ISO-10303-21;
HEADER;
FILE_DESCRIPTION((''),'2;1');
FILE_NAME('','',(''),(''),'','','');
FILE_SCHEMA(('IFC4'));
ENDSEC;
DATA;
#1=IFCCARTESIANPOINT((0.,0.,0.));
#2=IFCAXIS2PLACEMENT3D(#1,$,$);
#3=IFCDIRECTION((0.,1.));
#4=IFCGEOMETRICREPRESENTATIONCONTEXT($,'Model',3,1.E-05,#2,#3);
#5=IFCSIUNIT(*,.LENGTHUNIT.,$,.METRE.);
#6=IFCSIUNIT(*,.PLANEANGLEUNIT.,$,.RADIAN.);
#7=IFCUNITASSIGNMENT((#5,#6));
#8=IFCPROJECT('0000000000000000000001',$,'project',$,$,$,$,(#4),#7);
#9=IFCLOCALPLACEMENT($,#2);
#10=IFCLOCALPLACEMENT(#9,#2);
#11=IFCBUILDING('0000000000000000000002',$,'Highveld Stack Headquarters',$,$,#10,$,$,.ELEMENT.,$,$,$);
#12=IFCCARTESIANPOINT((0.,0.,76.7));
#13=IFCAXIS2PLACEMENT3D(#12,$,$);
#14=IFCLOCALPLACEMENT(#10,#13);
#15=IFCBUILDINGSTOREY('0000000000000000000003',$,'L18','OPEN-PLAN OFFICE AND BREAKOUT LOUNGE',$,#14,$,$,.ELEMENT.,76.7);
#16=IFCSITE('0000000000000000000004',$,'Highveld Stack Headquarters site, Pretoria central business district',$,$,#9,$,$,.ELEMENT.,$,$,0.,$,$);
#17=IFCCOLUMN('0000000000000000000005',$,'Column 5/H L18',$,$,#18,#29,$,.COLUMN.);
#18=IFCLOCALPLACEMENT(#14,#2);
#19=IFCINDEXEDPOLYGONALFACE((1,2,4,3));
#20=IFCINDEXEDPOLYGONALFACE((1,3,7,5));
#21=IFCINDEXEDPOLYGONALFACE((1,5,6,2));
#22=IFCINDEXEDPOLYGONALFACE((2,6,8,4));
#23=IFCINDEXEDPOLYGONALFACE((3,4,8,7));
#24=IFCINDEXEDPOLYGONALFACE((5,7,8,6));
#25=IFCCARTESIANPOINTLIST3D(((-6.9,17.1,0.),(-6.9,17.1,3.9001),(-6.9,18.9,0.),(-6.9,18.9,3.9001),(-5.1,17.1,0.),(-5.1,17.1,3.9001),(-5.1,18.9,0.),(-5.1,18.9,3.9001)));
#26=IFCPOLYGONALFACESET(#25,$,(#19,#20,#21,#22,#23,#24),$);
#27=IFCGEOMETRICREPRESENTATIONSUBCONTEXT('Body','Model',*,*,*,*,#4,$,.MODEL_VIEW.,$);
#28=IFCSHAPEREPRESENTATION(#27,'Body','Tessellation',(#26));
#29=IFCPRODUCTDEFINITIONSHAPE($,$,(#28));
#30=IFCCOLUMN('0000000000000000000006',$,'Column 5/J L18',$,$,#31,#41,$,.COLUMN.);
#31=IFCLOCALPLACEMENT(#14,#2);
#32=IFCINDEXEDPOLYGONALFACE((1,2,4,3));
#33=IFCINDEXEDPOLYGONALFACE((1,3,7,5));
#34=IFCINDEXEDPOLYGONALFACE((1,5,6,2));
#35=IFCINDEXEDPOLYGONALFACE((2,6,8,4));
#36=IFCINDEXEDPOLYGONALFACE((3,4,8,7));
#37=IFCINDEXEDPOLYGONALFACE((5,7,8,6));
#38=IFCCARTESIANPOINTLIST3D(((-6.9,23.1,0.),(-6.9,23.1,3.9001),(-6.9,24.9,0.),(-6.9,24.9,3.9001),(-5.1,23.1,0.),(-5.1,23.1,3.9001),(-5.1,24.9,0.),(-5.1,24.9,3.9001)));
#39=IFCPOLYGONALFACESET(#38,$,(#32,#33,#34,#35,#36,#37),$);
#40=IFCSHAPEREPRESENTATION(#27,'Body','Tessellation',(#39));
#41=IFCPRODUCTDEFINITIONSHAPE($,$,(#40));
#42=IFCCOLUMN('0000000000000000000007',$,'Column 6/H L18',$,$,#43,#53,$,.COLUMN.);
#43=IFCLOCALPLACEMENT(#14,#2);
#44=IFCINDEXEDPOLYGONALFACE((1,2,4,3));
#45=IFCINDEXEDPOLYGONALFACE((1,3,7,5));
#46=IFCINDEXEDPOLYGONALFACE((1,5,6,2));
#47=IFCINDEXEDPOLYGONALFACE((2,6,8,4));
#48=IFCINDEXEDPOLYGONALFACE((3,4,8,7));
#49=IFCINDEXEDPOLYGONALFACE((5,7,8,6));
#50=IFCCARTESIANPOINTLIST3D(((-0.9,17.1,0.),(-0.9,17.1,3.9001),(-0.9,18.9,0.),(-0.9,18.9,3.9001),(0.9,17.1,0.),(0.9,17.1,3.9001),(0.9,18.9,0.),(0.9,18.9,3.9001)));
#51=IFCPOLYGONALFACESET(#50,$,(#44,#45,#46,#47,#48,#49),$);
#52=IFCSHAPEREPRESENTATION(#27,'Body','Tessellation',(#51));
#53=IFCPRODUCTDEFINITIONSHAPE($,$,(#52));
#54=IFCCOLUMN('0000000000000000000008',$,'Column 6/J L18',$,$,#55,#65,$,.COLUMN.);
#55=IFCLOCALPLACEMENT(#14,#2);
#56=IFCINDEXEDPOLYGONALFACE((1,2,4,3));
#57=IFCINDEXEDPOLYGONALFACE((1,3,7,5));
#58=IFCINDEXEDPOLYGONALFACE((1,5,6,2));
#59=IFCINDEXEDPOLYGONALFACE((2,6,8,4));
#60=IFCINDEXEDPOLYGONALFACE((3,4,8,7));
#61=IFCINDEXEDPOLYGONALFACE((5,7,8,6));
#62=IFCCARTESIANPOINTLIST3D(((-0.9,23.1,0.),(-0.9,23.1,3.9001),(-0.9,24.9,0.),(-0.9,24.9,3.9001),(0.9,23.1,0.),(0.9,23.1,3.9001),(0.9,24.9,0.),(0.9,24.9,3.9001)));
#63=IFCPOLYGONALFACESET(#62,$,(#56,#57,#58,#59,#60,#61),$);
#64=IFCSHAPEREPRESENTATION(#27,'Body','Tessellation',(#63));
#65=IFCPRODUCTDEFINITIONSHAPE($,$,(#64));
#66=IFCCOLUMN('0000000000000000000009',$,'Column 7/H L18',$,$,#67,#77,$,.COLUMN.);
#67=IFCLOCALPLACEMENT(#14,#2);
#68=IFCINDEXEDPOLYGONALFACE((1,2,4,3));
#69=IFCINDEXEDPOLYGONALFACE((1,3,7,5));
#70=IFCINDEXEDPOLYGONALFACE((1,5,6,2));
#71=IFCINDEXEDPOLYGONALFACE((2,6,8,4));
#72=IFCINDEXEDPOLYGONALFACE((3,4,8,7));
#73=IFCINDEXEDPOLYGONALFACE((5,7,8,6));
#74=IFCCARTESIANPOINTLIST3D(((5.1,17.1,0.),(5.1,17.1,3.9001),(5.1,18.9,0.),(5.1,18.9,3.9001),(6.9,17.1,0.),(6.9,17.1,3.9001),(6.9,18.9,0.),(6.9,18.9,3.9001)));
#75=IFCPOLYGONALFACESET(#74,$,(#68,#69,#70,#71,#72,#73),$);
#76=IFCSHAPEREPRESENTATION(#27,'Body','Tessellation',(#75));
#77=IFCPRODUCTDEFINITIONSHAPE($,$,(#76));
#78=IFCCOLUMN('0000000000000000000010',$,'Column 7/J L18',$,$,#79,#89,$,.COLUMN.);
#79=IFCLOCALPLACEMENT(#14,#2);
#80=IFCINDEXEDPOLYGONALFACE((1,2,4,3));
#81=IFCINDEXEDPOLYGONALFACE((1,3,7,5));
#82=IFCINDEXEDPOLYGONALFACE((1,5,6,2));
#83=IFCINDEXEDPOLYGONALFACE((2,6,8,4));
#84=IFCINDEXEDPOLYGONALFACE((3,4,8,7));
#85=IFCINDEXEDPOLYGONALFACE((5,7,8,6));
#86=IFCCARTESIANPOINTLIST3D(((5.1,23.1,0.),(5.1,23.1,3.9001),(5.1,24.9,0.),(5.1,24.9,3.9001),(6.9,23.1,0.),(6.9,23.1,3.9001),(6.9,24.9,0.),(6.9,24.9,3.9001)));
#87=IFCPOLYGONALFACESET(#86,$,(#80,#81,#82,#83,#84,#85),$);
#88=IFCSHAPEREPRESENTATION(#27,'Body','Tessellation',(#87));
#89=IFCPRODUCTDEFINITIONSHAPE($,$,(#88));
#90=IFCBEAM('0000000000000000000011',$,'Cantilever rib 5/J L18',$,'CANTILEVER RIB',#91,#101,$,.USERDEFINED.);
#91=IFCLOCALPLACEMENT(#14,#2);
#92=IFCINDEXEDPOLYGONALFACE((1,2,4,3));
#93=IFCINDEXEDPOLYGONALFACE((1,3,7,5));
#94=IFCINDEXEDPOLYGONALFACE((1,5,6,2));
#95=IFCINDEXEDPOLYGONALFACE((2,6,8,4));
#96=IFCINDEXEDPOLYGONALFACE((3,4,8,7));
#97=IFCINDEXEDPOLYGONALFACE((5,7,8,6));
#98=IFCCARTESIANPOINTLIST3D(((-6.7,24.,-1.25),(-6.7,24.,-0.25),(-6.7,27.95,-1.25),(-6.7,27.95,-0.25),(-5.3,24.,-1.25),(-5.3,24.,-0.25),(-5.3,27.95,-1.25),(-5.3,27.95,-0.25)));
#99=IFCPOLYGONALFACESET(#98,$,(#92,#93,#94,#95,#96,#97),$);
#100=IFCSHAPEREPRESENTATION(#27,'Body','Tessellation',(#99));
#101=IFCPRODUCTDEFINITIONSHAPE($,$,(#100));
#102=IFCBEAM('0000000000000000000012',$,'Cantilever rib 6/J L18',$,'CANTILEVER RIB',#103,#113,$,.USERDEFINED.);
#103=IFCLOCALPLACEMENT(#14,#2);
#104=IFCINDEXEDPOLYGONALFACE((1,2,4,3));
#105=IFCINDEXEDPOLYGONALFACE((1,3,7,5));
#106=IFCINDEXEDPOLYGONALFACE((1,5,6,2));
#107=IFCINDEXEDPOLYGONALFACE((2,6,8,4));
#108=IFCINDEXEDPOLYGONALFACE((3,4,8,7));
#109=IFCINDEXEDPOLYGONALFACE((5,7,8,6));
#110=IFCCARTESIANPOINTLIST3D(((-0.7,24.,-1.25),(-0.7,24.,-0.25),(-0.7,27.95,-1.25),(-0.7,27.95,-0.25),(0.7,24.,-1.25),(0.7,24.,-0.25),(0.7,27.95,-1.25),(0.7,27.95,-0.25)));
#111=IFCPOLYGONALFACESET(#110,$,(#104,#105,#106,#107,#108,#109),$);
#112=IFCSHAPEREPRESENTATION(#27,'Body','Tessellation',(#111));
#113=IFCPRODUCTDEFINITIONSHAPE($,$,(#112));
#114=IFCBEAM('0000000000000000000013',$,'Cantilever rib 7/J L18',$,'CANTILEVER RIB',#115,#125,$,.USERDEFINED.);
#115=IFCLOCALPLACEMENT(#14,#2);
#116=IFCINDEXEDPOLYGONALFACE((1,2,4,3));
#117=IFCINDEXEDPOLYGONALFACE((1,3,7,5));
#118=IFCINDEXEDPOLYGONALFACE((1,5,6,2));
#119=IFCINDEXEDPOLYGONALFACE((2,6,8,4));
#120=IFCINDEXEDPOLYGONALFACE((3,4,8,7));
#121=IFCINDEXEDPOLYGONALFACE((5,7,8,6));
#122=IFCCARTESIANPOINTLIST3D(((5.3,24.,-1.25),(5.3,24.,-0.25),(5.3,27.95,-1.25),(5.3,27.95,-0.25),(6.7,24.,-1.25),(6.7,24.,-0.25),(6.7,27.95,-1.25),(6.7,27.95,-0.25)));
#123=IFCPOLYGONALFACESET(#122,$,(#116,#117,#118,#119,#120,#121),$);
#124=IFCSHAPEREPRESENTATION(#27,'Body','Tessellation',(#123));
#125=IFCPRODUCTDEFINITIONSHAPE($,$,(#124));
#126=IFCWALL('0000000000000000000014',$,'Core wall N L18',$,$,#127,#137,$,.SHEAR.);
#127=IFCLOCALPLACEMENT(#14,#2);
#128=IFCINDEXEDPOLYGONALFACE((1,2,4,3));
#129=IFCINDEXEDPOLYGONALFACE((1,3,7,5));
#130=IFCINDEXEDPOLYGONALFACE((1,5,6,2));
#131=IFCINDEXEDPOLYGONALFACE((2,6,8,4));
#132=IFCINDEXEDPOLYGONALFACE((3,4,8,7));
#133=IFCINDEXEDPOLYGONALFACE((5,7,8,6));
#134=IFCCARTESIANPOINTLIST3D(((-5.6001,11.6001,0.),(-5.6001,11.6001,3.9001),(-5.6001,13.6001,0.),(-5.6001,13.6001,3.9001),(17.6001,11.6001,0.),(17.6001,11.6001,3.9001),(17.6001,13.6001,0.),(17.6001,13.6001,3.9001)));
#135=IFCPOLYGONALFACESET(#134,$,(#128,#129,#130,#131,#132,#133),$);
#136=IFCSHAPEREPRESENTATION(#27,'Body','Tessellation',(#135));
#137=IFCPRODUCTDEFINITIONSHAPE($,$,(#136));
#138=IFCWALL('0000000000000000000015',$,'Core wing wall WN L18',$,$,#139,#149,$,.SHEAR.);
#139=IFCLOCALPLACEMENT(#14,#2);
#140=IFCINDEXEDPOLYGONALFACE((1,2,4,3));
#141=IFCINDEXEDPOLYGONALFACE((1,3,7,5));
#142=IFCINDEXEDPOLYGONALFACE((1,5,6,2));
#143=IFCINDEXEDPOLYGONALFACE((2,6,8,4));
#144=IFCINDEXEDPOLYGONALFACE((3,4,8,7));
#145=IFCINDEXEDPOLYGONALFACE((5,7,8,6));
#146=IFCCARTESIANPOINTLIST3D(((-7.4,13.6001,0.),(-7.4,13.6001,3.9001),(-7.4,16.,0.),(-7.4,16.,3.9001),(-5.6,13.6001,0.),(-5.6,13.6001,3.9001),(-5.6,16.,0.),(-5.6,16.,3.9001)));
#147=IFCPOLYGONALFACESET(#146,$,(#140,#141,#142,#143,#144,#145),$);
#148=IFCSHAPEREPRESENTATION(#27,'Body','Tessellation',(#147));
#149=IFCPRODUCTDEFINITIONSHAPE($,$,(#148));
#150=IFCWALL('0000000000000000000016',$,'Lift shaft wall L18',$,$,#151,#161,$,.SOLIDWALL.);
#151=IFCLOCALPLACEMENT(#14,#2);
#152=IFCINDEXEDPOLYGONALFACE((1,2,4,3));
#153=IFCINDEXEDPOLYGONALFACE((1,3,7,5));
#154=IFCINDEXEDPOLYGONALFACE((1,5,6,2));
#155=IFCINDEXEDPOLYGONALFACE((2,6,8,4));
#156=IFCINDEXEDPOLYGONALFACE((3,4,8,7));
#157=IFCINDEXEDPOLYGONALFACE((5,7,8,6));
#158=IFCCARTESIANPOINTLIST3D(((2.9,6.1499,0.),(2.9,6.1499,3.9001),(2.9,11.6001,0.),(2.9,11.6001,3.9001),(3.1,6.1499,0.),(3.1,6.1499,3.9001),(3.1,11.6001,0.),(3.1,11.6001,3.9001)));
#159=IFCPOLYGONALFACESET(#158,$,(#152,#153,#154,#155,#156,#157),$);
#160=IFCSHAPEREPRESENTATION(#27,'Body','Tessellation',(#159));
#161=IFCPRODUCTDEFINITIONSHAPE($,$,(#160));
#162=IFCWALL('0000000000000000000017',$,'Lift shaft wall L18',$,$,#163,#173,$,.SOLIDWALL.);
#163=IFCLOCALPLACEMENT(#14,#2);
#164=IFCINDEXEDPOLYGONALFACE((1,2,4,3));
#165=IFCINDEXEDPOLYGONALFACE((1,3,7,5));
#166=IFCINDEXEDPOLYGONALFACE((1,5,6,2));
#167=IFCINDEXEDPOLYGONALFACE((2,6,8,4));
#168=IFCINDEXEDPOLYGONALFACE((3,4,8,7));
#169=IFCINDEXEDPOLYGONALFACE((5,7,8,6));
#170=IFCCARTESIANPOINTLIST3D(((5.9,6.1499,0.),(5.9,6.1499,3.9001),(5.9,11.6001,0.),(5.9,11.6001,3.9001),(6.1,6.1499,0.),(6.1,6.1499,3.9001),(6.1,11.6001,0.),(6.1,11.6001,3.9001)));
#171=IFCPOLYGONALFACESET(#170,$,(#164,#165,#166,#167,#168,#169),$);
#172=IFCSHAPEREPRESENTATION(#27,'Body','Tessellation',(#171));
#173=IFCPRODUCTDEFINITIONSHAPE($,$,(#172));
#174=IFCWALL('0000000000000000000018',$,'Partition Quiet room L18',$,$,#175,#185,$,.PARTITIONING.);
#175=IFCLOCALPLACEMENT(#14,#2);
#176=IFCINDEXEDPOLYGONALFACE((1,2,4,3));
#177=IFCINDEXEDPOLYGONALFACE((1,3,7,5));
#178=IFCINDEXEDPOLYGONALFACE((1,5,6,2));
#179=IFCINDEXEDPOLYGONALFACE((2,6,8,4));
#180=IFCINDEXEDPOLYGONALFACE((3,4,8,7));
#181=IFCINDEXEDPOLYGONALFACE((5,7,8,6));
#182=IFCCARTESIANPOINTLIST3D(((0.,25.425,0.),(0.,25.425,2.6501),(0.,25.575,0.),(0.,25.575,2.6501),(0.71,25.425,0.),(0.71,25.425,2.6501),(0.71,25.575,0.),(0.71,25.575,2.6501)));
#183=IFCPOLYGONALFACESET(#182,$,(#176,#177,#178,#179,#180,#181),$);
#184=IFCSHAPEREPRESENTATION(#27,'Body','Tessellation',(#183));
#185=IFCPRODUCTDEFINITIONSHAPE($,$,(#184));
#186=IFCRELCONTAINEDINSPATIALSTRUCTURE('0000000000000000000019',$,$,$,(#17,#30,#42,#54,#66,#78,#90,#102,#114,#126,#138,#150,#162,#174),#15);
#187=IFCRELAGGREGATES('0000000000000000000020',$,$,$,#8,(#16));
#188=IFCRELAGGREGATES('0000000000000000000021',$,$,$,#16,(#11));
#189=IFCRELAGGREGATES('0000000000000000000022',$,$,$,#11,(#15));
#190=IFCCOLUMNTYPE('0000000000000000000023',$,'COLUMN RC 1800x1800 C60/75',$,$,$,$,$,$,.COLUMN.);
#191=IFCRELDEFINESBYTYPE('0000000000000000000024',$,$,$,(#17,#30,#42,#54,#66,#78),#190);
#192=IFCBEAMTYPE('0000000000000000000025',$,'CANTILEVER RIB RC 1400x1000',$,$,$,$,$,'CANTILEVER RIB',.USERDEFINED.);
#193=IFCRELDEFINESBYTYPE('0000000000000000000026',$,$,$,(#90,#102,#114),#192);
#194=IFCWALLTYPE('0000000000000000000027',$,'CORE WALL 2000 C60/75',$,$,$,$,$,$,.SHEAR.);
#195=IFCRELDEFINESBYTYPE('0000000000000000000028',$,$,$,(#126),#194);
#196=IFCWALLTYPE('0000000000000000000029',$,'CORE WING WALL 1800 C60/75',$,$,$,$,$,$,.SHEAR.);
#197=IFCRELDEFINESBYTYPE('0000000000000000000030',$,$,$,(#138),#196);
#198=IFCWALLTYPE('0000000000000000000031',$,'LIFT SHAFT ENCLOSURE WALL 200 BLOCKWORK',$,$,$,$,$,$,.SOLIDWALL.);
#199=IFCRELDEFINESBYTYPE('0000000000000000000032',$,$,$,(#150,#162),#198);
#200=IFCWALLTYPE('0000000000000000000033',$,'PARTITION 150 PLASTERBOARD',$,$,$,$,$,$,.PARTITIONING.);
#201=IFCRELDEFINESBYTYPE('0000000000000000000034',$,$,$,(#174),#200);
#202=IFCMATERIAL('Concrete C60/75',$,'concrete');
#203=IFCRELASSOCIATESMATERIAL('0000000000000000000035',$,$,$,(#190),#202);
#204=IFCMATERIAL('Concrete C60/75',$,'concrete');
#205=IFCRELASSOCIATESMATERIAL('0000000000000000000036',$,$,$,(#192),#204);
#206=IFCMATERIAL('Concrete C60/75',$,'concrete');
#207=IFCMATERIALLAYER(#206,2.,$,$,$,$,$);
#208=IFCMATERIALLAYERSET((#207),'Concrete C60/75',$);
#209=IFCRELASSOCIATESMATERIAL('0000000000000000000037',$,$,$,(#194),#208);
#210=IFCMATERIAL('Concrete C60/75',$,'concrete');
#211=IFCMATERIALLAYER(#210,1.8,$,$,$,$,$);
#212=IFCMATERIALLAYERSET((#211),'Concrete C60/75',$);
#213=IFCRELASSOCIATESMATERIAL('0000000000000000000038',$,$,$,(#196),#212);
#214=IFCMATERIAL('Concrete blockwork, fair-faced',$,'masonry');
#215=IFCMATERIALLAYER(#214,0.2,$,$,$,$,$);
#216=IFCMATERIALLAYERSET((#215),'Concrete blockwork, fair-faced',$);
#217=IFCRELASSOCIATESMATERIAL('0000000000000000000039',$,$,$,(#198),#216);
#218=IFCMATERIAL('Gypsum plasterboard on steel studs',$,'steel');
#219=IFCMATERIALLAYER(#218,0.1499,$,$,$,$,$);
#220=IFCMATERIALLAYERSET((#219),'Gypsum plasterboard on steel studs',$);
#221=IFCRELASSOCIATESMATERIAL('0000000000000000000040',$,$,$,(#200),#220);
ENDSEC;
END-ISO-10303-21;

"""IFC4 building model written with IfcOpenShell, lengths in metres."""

from ifc_helpers import new_model, si_unit, direction, frame, frame_2d, origin, origin_2d, place, context, subcontext, project, spatial, rectangle, extrude, material, layer, layer_set, material_profile, profile_set, type_object, element, save


model = new_model("IFC4")

# Units and contexts
model_context = context("Model", 3, precision=1e-05, world=origin(), true_north=direction((0.0, 1.0)))
body_context = subcontext(model_context, "Body", "Model", "MODEL_VIEW")
ifc_project = project(units=[si_unit("LENGTHUNIT", "METRE"), si_unit("PLANEANGLEUNIT", "RADIAN")], contexts=[model_context])

# Site, building, storey
site_placement = place(None, origin())
site = spatial("IfcSite", under=ifc_project, at=site_placement, Name="Highveld Stack Headquarters site, Pretoria central business district", CompositionType="ELEMENT", RefElevation=0.0)
building_placement = place(site_placement, origin())
building = spatial("IfcBuilding", under=site, at=building_placement, Name="Highveld Stack Headquarters", CompositionType="ELEMENT")
storey_placement = place(building_placement, frame((0.0, 0.0, 76.7)))
storey = spatial("IfcBuildingStorey", under=building, at=storey_placement, Name="L18", Description="OPEN-PLAN OFFICE AND BREAKOUT LOUNGE", CompositionType="ELEMENT", Elevation=76.7)

# Columns
ifc_material_1 = material(Name="Concrete C60/75", Category="concrete")
ifc_material_profile_1 = material_profile(ifc_material_1, rectangle(XDim=1.8, YDim=1.8, at=origin_2d()), Name="RC 1800x1800")
ifc_profile_set_1 = profile_set([ifc_material_profile_1], Name="Concrete C60/75")
column_type = type_object("IfcColumnType", Name="COLUMN RC 1800x1800 C60/75", PredefinedType="COLUMN", material=ifc_profile_set_1)
for number, where, z_axis, x_axis, name in (
    (1, (-6.0, 18.0, 0.0), (0.0, 0.0, 1.0), (1.0, 0.0, 0.0), "Column 5/H L18"),
    (2, (-6.0, 24.0, 0.0), (0.0, 0.0, 1.0), (1.0, 0.0, 0.0), "Column 5/J L18"),
    (3, (0.0, 18.0, 0.0), (0.0, 0.0, 1.0), (1.0, 0.0, 0.0), "Column 6/H L18"),
    (4, (0.0, 24.0, 0.0), (0.0, 0.0, 1.0), (1.0, 0.0, 0.0), "Column 6/J L18"),
    (5, (6.0, 18.0, 0.0), (0.0, 0.0, 1.0), (1.0, 0.0, 0.0), "Column 7/H L18"),
    (6, (6.0, 24.0, 0.0), (0.0, 0.0, 1.0), (1.0, 0.0, 0.0), "Column 7/J L18"),
):
    element("IfcColumn", number, at=place(storey_placement, frame(where, z_axis=z_axis, x_axis=x_axis)), inside=storey, type_object=column_type, Name=name, PredefinedType="COLUMN", context=body_context, shape_type="SweptSolid", body=[
        extrude(rectangle(XDim=1.8, YDim=1.8, at=origin_2d()), origin(), (0.0, 0.0, 1.0), 3.9001),
    ])

# Beams
ifc_material_2 = material(Name="Concrete C60/75", Category="concrete")
ifc_material_profile_2 = material_profile(ifc_material_2, rectangle(XDim=1.3999, YDim=1.0, at=origin_2d()), Name="RC 1400x1000")
ifc_profile_set_2 = profile_set([ifc_material_profile_2], Name="Concrete C60/75")
beam_type = type_object("IfcBeamType", Name="CANTILEVER RIB RC 1400x1000", ElementType="CANTILEVER RIB", PredefinedType="USERDEFINED", material=ifc_profile_set_2)
for number, where, z_axis, x_axis, name in (
    (7, (-6.0, 24.0, -0.75), (0.0, 1.0, 0.0), (-1.0, 0.0, 0.0), "Cantilever rib 5/J L18"),
    (8, (0.0, 24.0, -0.75), (0.0, 1.0, 0.0), (-1.0, 0.0, 0.0), "Cantilever rib 6/J L18"),
    (9, (6.0, 24.0, -0.75), (0.0, 1.0, 0.0), (-1.0, 0.0, 0.0), "Cantilever rib 7/J L18"),
):
    element("IfcBeam", number, at=place(storey_placement, frame(where, z_axis=z_axis, x_axis=x_axis)), inside=storey, type_object=beam_type, Name=name, ObjectType="CANTILEVER RIB", PredefinedType="USERDEFINED", context=body_context, shape_type="SweptSolid", body=[
        extrude(rectangle(XDim=1.3999, YDim=1.0, at=origin_2d()), origin(), (0.0, 0.0, 1.0), 3.95),
    ])

# Walls
ifc_material_3 = material(Name="Concrete C60/75", Category="concrete")
ifc_layer_1 = layer(ifc_material_3, 2.0)
ifc_layer_set_1 = layer_set([ifc_layer_1], Name="Concrete C60/75")
wall_type_1 = type_object("IfcWallType", Name="CORE WALL 2000 C60/75", PredefinedType="SHEAR", material=ifc_layer_set_1)
wall_1_placement = place(storey_placement, frame((-5.6001, 12.6001, 0.0), z_axis=(0.0, 0.0, 1.0), x_axis=(1.0, 0.0, 0.0)))
element("IfcWall", 10, at=wall_1_placement, inside=storey, type_object=wall_type_1, Name="Core wall N L18", PredefinedType="SHEAR", context=body_context, shape_type="SweptSolid", body=[
    extrude(rectangle(XDim=23.2002, YDim=2.0, at=frame_2d((11.6001, 0.0))), origin(), (0.0, 0.0, 1.0), 3.9001),
])
ifc_material_4 = material(Name="Concrete C60/75", Category="concrete")
ifc_layer_2 = layer(ifc_material_4, 1.8)
ifc_layer_set_2 = layer_set([ifc_layer_2], Name="Concrete C60/75")
wall_type_2 = type_object("IfcWallType", Name="CORE WING WALL 1800 C60/75", PredefinedType="SHEAR", material=ifc_layer_set_2)
wall_2_placement = place(storey_placement, frame((-6.5, 13.6001, 0.0), z_axis=(0.0, 0.0, 1.0), x_axis=(0.0, 1.0, 0.0)))
element("IfcWall", 11, at=wall_2_placement, inside=storey, type_object=wall_type_2, Name="Core wing wall WN L18", PredefinedType="SHEAR", context=body_context, shape_type="SweptSolid", body=[
    extrude(rectangle(XDim=2.3999, YDim=1.8, at=frame_2d((1.2, 0.0))), origin(), (0.0, 0.0, 1.0), 3.9001),
])
ifc_material_5 = material(Name="Concrete blockwork, fair-faced", Category="masonry")
ifc_layer_3 = layer(ifc_material_5, 0.2)
ifc_layer_set_3 = layer_set([ifc_layer_3], Name="Concrete blockwork, fair-faced")
wall_type_3 = type_object("IfcWallType", Name="LIFT SHAFT ENCLOSURE WALL 200 BLOCKWORK", PredefinedType="SOLIDWALL", material=ifc_layer_set_3)
for number, where, z_axis, x_axis, name in (
    (12, (3.0, 6.1499, 0.0), (0.0, 0.0, 1.0), (0.0, 1.0, 0.0), "Lift shaft wall L18"),
    (13, (6.0, 6.1499, 0.0), (0.0, 0.0, 1.0), (0.0, 1.0, 0.0), "Lift shaft wall L18"),
):
    element("IfcWall", number, at=place(storey_placement, frame(where, z_axis=z_axis, x_axis=x_axis)), inside=storey, type_object=wall_type_3, Name=name, PredefinedType="SOLIDWALL", context=body_context, shape_type="SweptSolid", body=[
        extrude(rectangle(XDim=5.4502, YDim=0.2, at=frame_2d((2.7251, 0.0))), origin(), (0.0, 0.0, 1.0), 3.9001),
    ])
ifc_material_6 = material(Name="Gypsum plasterboard on steel studs", Category="steel")
ifc_layer_4 = layer(ifc_material_6, 0.1499)
ifc_layer_set_4 = layer_set([ifc_layer_4], Name="Gypsum plasterboard on steel studs")
wall_type_4 = type_object("IfcWallType", Name="PARTITION 150 PLASTERBOARD", PredefinedType="PARTITIONING", material=ifc_layer_set_4)
wall_3_placement = place(storey_placement, frame((0.0, 25.5, 0.0), z_axis=(0.0, 0.0, 1.0), x_axis=(1.0, 0.0, 0.0)))
element("IfcWall", 14, at=wall_3_placement, inside=storey, type_object=wall_type_4, Name="Partition Quiet room L18", PredefinedType="PARTITIONING", context=body_context, shape_type="SweptSolid", body=[
    extrude(rectangle(XDim=0.71, YDim=0.1499, at=frame_2d((0.355, 0.0))), origin(), (0.0, 0.0, 1.0), 2.6501),
])

save(model, "model.ifc")
